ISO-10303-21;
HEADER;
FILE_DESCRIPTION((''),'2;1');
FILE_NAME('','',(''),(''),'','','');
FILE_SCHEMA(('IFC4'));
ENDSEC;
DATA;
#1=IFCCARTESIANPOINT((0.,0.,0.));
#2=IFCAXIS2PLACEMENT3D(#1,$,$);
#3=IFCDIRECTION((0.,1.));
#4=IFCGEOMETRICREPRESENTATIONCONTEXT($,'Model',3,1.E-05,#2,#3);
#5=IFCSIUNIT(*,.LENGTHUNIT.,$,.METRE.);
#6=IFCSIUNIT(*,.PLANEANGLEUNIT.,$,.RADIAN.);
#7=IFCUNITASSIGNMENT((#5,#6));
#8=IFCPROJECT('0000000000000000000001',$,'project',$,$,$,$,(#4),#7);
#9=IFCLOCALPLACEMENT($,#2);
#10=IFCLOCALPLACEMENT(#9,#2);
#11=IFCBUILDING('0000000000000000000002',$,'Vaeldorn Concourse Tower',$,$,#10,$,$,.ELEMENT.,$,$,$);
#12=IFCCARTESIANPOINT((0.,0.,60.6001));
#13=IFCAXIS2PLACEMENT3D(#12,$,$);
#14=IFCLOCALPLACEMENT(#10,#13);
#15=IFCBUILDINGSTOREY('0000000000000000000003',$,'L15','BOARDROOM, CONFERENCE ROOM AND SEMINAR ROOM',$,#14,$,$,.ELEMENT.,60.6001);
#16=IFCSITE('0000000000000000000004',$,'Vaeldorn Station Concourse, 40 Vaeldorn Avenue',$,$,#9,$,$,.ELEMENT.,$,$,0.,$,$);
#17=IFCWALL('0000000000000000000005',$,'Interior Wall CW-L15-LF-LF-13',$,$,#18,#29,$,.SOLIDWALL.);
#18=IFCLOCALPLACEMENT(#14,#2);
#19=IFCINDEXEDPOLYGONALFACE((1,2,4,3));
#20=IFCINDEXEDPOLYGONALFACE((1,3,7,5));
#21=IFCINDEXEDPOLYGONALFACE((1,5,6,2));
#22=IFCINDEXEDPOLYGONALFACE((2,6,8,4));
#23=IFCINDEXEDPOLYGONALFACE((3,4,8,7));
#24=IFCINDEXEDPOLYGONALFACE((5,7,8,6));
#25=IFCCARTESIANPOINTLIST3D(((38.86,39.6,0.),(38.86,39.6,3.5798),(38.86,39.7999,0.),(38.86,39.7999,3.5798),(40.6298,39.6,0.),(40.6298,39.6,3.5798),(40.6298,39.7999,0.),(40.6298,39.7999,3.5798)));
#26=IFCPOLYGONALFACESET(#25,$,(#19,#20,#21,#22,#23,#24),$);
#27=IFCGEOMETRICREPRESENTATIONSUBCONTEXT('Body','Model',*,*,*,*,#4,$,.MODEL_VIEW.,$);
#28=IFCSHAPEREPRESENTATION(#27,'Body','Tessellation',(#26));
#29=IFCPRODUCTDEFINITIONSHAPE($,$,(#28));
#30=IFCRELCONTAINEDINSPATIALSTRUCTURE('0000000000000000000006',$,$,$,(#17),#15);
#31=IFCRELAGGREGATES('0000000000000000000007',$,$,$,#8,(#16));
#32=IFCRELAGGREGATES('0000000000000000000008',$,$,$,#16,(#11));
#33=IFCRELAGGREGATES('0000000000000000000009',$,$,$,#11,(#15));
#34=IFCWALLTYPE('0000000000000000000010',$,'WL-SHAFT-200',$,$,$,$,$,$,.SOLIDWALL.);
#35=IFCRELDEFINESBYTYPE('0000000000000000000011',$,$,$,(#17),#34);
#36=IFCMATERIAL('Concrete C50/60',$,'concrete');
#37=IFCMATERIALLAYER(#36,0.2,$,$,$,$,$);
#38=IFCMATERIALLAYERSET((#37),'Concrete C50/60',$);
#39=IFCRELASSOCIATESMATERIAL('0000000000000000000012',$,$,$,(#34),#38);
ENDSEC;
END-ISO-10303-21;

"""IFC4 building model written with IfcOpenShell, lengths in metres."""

from ifc_helpers import new_model, si_unit, direction, frame, frame_2d, origin, place, context, subcontext, project, spatial, rectangle, extrude, material, layer, layer_set, type_object, element, save


model = new_model("IFC4")

# Units and contexts
model_context = context("Model", 3, precision=1e-05, world=origin(), true_north=direction((0.0, 1.0)))
body_context = subcontext(model_context, "Body", "Model", "MODEL_VIEW")
ifc_project = project(units=[si_unit("LENGTHUNIT", "METRE"), si_unit("PLANEANGLEUNIT", "RADIAN")], contexts=[model_context])

# Site, building, storey
site_placement = place(None, origin())
site = spatial("IfcSite", under=ifc_project, at=site_placement, Name="Vaeldorn Station Concourse, 40 Vaeldorn Avenue", CompositionType="ELEMENT", RefElevation=0.0)
building_placement = place(site_placement, origin())
building = spatial("IfcBuilding", under=site, at=building_placement, Name="Vaeldorn Concourse Tower", CompositionType="ELEMENT")
storey_placement = place(building_placement, frame((0.0, 0.0, 60.6001)))
storey = spatial("IfcBuildingStorey", under=building, at=storey_placement, Name="L15", Description="BOARDROOM, CONFERENCE ROOM AND SEMINAR ROOM", CompositionType="ELEMENT", Elevation=60.6001)

# Wall
ifc_material_1 = material(Name="Concrete C50/60", Category="concrete")
ifc_layer_1 = layer(ifc_material_1, 0.2)
ifc_layer_set_1 = layer_set([ifc_layer_1], Name="Concrete C50/60")
wall_type_1 = type_object("IfcWallType", Name="WL-SHAFT-200", PredefinedType="SOLIDWALL", material=ifc_layer_set_1)
wall_1_placement = place(storey_placement, frame((38.8601, 39.7, 0.0), z_axis=(0.0, 0.0, 1.0), x_axis=(1.0, 0.0, 0.0)))
element("IfcWall", 1, at=wall_1_placement, inside=storey, type_object=wall_type_1, Name="Interior Wall CW-L15-LF-LF-13", PredefinedType="SOLIDWALL", context=body_context, shape_type="SweptSolid", body=[
    extrude(rectangle(XDim=1.7698, YDim=0.2, at=frame_2d((0.8848, 0.0))), origin(), (0.0, 0.0, 1.0), 3.5798),
])

save(model, "model.ifc")
